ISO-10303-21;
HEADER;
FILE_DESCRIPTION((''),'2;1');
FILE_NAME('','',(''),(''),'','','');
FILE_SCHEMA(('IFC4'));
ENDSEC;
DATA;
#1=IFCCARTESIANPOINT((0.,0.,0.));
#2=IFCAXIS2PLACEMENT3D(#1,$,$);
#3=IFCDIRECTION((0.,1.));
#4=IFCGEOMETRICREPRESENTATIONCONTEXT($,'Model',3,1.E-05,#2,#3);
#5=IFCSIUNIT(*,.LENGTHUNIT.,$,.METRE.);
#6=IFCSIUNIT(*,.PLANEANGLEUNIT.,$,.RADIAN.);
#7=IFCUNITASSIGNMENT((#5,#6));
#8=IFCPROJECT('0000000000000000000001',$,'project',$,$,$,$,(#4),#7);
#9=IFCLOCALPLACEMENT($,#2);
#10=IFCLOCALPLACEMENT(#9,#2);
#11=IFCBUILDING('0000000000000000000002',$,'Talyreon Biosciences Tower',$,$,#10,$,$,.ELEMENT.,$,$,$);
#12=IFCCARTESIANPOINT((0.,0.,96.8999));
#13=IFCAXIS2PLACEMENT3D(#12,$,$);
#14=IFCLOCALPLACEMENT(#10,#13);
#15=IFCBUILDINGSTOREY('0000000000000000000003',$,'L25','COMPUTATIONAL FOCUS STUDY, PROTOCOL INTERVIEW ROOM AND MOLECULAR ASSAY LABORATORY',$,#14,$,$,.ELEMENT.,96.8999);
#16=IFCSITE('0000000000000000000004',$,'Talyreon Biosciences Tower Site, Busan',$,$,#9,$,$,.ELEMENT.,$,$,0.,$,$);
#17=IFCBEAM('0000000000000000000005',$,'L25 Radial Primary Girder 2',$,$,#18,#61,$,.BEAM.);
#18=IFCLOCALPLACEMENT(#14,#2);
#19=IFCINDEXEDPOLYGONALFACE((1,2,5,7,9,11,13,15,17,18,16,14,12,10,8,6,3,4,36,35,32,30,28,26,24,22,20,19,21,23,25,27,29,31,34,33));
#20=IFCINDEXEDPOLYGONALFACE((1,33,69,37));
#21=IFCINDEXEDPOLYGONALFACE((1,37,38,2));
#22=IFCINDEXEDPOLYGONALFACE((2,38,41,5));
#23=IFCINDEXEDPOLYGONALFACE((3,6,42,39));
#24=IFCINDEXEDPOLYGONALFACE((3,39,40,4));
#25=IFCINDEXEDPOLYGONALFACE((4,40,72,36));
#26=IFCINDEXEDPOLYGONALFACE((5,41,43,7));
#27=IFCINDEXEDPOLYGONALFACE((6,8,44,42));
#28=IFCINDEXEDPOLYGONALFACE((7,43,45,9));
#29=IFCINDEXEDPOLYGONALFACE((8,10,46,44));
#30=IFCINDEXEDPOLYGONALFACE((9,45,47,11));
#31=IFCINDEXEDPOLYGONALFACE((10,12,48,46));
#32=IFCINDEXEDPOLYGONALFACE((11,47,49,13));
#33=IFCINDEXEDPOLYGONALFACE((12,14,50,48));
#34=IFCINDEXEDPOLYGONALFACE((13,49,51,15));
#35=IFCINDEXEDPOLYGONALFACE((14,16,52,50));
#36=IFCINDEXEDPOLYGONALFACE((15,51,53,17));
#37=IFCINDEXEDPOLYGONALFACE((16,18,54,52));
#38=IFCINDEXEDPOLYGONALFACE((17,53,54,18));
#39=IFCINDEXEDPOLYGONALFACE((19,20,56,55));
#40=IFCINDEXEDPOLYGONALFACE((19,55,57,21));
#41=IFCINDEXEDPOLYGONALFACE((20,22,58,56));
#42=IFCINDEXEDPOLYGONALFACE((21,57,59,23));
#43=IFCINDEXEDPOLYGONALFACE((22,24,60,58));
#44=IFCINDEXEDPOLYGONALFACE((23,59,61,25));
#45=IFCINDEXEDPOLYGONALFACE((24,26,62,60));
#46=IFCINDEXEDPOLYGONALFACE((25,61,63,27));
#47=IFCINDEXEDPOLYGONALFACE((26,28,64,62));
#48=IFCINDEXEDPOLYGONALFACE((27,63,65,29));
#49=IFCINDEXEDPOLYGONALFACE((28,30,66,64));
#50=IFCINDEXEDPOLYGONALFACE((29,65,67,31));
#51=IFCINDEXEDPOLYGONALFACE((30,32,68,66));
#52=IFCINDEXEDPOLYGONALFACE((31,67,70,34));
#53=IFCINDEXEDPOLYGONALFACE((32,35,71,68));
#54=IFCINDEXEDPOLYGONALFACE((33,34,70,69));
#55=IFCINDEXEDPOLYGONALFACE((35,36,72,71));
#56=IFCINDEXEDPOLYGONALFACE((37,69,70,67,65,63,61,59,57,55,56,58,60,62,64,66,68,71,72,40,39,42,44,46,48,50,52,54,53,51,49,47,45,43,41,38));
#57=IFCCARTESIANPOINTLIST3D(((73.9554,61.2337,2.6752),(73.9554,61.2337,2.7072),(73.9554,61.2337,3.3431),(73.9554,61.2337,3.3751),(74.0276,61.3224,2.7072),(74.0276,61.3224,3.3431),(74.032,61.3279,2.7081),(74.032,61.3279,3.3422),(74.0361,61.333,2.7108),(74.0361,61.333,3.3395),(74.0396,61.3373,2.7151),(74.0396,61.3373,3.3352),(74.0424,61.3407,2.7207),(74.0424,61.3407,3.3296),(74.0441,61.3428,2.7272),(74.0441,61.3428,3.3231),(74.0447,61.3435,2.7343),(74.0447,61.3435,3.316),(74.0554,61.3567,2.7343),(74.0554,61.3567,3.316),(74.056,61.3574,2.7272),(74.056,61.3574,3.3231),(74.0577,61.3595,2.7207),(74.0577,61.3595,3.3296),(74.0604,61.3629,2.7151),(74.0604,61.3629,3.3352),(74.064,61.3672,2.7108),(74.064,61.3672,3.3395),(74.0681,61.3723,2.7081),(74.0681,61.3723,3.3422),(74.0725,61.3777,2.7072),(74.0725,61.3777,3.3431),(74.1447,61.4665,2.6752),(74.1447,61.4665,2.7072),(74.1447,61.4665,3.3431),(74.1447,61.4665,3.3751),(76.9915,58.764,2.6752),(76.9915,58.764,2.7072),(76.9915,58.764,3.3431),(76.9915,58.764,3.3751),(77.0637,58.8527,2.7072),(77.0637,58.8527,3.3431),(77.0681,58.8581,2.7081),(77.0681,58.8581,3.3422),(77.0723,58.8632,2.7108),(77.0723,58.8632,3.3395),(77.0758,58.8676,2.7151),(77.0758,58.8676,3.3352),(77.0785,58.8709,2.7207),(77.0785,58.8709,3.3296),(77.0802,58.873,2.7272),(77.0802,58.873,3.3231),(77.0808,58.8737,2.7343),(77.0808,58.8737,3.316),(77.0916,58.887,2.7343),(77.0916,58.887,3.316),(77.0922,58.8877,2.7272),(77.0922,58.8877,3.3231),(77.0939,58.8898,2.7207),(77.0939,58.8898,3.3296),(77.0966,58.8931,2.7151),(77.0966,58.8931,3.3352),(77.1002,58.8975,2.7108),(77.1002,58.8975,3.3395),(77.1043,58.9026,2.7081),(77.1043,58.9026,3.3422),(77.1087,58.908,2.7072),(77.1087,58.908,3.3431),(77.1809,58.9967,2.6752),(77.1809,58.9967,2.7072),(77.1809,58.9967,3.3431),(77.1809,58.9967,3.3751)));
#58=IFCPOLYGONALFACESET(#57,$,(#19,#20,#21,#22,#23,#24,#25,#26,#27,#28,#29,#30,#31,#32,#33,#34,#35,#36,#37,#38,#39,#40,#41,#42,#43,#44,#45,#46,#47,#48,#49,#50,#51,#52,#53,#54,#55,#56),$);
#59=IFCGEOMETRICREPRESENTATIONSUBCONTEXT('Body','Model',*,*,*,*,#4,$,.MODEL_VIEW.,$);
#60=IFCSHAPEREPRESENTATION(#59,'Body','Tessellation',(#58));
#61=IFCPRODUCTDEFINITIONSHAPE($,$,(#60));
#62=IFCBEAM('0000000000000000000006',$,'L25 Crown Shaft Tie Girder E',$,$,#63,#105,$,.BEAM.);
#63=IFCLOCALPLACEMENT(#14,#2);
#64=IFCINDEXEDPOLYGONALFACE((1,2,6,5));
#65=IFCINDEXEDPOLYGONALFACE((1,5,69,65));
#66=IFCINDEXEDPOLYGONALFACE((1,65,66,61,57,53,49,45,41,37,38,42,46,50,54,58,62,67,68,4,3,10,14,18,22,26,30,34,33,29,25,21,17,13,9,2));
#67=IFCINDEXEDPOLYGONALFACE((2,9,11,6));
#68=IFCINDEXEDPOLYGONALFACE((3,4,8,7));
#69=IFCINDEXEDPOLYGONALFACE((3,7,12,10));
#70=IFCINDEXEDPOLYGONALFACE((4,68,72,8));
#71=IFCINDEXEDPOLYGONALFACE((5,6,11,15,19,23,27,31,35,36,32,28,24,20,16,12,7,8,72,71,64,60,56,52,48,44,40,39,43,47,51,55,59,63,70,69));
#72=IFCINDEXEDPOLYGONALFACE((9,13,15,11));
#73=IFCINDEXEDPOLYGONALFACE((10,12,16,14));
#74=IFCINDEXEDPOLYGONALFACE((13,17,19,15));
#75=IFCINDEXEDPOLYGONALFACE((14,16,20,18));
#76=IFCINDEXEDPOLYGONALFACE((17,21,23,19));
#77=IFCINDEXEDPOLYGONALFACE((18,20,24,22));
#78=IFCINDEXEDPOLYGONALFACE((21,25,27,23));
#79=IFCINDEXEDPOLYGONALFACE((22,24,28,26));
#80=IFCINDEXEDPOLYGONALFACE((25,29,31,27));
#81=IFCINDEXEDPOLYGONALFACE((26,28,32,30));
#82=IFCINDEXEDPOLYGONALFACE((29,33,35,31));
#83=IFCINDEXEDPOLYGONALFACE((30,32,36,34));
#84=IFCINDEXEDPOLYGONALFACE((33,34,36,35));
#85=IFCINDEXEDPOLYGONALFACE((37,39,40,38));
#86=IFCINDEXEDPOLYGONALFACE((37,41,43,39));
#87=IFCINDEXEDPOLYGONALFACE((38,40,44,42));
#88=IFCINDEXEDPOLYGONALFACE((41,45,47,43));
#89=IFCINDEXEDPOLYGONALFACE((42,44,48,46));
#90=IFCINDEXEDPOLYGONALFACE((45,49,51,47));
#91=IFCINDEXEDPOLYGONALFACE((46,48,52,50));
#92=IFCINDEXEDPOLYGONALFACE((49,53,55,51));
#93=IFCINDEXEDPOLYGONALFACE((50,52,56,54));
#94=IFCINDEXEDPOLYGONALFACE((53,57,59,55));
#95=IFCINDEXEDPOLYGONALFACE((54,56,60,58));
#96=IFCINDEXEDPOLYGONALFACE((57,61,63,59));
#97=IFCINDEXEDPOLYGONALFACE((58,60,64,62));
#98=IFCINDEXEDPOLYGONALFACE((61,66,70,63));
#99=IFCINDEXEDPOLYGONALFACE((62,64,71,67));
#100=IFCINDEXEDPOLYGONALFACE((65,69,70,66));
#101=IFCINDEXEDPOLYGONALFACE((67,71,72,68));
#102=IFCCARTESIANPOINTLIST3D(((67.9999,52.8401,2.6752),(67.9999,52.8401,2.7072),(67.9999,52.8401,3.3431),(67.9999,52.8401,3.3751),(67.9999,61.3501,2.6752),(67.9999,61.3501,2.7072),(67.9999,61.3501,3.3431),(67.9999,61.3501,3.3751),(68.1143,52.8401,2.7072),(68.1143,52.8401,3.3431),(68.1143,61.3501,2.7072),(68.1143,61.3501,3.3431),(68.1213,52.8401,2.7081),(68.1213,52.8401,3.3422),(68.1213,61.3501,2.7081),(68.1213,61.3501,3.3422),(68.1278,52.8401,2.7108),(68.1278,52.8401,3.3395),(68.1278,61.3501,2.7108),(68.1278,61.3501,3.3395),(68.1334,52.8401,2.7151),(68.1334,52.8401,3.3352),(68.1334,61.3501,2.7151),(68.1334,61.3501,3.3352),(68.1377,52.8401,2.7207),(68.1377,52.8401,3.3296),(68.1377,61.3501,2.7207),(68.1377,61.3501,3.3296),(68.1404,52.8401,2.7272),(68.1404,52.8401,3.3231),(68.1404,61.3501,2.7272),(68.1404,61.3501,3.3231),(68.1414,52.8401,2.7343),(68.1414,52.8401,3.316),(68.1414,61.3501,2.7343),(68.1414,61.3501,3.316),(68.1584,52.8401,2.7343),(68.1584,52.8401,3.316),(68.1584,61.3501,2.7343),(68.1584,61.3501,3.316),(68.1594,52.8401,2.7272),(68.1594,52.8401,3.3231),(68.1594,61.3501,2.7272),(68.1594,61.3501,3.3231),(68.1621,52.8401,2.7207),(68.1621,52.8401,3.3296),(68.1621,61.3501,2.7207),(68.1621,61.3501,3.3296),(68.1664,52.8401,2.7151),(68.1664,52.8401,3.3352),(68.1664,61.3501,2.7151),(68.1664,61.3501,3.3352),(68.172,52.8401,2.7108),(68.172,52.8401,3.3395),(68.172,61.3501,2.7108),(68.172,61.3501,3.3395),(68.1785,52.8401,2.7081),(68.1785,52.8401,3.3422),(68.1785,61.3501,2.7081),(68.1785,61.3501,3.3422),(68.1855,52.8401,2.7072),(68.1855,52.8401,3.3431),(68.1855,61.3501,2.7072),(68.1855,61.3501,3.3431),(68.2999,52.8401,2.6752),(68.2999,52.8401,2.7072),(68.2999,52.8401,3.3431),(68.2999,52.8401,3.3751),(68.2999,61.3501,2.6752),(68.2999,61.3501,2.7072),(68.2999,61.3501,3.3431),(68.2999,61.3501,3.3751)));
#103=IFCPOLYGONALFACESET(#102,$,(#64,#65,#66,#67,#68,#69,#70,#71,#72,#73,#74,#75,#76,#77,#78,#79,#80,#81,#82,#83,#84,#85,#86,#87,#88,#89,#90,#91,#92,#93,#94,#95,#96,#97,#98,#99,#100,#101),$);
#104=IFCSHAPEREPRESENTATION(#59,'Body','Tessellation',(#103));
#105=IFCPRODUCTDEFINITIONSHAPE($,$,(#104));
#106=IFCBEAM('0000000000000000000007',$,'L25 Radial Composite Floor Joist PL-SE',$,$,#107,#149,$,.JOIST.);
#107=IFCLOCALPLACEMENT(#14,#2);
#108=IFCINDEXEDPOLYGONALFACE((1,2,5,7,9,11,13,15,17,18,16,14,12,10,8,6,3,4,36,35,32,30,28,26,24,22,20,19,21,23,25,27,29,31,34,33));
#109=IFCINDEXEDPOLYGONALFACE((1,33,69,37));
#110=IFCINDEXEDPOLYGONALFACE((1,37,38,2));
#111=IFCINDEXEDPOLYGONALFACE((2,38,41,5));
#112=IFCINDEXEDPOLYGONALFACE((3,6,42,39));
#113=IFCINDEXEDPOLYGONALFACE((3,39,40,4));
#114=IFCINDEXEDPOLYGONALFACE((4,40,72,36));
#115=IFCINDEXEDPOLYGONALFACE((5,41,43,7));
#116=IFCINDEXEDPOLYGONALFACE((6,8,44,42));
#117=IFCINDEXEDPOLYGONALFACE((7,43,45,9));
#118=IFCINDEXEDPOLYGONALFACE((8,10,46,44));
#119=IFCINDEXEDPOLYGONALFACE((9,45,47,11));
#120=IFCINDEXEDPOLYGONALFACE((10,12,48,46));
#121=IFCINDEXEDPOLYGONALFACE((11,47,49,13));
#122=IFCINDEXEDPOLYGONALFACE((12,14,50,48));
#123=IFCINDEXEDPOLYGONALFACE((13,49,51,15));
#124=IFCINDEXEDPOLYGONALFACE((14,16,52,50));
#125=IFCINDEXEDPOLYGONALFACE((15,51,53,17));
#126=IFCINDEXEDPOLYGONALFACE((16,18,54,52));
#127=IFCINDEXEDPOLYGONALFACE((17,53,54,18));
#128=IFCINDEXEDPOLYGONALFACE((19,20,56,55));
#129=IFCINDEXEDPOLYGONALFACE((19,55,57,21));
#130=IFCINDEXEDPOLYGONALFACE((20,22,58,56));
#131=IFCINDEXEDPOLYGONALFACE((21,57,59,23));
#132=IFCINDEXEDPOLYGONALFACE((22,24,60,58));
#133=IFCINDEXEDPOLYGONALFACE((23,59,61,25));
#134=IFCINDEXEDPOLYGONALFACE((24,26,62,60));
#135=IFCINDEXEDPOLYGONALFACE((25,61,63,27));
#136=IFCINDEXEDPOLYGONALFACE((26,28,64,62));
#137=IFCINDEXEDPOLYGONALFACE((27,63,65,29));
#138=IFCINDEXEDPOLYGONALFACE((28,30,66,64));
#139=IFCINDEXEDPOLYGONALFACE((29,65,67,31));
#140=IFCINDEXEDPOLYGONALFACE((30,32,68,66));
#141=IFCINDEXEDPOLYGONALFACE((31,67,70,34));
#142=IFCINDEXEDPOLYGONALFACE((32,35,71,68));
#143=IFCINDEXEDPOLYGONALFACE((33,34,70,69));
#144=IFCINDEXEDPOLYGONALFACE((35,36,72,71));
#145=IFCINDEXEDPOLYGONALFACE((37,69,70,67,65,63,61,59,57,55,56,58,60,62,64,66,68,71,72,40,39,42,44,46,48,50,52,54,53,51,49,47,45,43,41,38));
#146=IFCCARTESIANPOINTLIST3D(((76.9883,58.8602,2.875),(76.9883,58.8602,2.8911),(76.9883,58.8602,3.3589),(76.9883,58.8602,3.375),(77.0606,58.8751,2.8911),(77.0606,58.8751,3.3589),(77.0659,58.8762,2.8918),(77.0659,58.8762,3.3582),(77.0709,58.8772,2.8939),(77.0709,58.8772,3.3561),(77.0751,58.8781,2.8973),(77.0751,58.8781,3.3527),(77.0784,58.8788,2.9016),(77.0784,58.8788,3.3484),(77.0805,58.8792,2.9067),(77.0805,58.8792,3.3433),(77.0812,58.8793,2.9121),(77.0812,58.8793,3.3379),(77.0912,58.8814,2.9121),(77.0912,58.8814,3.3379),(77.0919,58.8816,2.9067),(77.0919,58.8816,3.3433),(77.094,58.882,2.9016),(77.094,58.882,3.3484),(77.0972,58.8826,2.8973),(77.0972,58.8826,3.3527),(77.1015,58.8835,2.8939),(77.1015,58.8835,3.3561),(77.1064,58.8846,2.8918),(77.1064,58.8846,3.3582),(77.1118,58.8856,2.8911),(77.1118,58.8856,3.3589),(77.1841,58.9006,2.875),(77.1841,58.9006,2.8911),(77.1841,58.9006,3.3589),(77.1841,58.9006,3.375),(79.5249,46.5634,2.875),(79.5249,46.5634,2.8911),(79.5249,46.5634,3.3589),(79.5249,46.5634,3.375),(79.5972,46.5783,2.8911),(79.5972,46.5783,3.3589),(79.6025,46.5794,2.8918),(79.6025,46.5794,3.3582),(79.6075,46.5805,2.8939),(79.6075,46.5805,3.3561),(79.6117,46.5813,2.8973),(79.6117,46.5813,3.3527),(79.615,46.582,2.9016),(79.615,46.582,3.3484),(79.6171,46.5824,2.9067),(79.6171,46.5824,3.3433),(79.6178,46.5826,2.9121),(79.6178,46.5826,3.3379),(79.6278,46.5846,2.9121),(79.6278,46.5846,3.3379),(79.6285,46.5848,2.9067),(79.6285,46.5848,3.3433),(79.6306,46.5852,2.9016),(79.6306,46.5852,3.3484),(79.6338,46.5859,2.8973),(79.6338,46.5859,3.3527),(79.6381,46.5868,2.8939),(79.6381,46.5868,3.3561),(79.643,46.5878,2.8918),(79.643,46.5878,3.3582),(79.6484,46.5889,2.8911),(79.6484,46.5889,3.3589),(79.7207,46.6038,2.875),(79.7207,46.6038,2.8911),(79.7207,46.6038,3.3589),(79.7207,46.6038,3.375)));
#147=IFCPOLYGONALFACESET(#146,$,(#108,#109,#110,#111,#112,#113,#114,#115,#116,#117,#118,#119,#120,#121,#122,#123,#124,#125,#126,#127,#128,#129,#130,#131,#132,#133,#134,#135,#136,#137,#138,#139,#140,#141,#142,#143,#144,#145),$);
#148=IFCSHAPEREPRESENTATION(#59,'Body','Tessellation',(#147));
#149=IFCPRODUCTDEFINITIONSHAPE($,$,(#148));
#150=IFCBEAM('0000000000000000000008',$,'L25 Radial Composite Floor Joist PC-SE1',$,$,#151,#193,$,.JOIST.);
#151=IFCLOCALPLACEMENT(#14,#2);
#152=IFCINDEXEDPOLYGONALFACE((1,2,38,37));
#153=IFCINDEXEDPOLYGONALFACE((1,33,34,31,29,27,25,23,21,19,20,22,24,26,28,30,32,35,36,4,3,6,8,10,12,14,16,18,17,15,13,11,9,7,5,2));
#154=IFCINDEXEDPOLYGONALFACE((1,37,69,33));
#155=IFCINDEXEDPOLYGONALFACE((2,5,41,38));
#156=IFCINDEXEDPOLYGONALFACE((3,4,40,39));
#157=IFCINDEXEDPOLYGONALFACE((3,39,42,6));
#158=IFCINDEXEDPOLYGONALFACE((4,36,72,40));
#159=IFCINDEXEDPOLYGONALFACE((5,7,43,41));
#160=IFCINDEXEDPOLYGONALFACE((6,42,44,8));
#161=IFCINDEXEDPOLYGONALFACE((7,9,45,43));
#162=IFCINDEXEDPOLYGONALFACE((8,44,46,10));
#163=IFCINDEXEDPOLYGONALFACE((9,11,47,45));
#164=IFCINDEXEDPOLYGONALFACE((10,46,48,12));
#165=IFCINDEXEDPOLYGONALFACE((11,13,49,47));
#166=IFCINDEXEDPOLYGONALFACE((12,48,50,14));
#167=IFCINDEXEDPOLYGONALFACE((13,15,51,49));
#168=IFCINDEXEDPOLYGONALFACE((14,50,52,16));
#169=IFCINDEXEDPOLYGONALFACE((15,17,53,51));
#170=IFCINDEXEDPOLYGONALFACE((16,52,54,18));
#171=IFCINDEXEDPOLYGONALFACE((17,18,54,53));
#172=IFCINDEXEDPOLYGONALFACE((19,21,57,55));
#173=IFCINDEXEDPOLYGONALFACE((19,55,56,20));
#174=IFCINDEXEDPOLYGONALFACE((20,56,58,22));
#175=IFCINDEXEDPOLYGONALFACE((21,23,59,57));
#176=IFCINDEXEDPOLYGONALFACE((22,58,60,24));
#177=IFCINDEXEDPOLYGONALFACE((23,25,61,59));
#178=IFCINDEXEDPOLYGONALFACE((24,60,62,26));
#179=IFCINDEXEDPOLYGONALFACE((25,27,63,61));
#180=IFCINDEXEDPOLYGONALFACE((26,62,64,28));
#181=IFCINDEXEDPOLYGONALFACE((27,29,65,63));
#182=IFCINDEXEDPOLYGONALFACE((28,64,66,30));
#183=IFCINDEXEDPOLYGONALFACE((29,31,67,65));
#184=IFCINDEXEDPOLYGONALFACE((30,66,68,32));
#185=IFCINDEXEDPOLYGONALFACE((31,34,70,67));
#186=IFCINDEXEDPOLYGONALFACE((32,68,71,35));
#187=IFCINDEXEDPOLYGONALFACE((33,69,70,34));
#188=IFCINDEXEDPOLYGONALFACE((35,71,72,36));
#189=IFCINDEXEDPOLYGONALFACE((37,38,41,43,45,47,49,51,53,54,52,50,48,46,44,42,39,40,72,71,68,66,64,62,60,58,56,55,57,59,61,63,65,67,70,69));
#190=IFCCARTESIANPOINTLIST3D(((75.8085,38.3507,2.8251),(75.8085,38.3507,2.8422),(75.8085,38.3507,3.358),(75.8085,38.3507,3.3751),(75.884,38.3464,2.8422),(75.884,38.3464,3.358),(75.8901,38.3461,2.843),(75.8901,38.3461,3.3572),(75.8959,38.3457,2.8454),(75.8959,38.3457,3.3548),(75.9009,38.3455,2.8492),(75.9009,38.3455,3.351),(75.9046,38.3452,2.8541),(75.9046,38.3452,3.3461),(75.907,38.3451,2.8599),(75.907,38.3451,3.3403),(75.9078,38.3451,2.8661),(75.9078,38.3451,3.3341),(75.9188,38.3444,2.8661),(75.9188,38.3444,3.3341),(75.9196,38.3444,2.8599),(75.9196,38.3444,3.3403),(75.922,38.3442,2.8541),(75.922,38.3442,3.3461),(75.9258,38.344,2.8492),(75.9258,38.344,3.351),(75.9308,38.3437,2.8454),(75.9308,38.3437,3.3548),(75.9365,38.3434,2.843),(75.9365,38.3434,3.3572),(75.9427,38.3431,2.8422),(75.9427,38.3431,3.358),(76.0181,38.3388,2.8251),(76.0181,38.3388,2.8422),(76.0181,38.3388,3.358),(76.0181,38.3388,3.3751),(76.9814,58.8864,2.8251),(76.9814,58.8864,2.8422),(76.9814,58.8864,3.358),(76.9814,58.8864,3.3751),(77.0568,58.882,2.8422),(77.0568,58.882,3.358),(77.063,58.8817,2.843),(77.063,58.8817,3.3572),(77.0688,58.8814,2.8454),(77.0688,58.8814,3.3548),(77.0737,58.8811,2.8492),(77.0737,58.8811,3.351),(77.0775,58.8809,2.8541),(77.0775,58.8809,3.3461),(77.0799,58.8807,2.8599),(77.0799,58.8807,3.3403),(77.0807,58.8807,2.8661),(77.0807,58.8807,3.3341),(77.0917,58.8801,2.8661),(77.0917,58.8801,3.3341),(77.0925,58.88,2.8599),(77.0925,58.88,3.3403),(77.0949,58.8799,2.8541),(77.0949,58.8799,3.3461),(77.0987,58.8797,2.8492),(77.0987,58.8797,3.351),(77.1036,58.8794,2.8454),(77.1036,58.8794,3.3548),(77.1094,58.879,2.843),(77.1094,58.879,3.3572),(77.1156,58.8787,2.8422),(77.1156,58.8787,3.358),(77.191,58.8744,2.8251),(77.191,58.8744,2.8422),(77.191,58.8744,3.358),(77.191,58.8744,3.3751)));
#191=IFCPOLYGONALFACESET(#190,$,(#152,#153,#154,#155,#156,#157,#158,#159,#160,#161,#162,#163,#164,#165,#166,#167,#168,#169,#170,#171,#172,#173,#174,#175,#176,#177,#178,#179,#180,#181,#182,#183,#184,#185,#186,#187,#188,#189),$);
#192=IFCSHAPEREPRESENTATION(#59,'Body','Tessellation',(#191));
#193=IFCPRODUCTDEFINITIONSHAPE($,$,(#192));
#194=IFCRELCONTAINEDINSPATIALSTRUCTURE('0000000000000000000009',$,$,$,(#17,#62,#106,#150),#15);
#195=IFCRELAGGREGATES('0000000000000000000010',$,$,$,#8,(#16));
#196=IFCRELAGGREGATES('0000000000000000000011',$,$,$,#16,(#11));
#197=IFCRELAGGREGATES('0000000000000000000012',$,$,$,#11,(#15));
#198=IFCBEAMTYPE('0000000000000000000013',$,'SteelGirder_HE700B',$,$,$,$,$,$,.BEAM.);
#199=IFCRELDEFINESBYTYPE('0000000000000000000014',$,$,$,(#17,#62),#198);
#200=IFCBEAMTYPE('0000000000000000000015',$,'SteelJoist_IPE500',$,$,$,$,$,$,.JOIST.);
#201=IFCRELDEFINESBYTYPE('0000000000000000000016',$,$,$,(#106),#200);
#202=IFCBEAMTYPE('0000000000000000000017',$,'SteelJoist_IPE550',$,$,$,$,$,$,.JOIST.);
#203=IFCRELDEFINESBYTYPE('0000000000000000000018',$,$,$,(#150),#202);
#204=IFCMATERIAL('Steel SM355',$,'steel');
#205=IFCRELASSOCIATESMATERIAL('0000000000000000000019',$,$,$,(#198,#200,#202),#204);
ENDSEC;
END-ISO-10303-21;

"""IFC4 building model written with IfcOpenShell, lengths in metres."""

from ifc_helpers import new_model, si_unit, direction, frame, origin, origin_2d, place, context, subcontext, project, spatial, i_section, extrude, material, material_profile, profile_set, type_object, element, save


model = new_model("IFC4")

# Units and contexts
model_context = context("Model", 3, precision=1e-05, world=origin(), true_north=direction((0.0, 1.0)))
body_context = subcontext(model_context, "Body", "Model", "MODEL_VIEW")
ifc_project = project(units=[si_unit("LENGTHUNIT", "METRE"), si_unit("PLANEANGLEUNIT", "RADIAN")], contexts=[model_context])

# Site, building, storey
site_placement = place(None, origin())
site = spatial("IfcSite", under=ifc_project, at=site_placement, Name="Talyreon Biosciences Tower Site, Busan", CompositionType="ELEMENT", RefElevation=0.0)
building_placement = place(site_placement, origin())
building = spatial("IfcBuilding", under=site, at=building_placement, Name="Talyreon Biosciences Tower", CompositionType="ELEMENT")
storey_placement = place(building_placement, frame((0.0, 0.0, 96.8999)))
storey = spatial("IfcBuildingStorey", under=building, at=storey_placement, Name="L25", Description="COMPUTATIONAL FOCUS STUDY, PROTOCOL INTERVIEW ROOM AND MOLECULAR ASSAY LABORATORY", CompositionType="ELEMENT", Elevation=96.8999)

# Beams
ifc_material_1 = material(Name="Steel SM355", Category="steel")
ifc_material_profile_1 = material_profile(ifc_material_1, i_section(OverallWidth=0.3, OverallDepth=0.7, WebThickness=0.0171, FlangeThickness=0.032, FilletRadius=0.0271, at=origin_2d()), Name="HE700B")
ifc_profile_set_1 = profile_set([ifc_material_profile_1], Name="Steel SM355")
beam_type_1 = type_object("IfcBeamType", Name="SteelGirder_HE700B", PredefinedType="BEAM", material=ifc_profile_set_1)
beam_1_placement = place(storey_placement, frame((74.05, 61.3501, 3.0251), z_axis=(0.775755, -0.631034, 0.0), x_axis=(0.631034, 0.775755, 0.0)))
element("IfcBeam", 1, at=beam_1_placement, inside=storey, type_object=beam_type_1, Name="L25 Radial Primary Girder 2", PredefinedType="BEAM", context=body_context, shape_type="SweptSolid", body=[
    extrude(i_section(OverallWidth=0.3, OverallDepth=0.7, WebThickness=0.0171, FlangeThickness=0.032, FilletRadius=0.0271, at=origin_2d()), origin(), (0.0, 0.0, 1.0), 3.9138),
])
beam_2_placement = place(storey_placement, frame((68.1499, 52.8401, 3.0251), z_axis=(0.0, 1.0, 0.0), x_axis=(-1.0, 0.0, 0.0)))
element("IfcBeam", 2, at=beam_2_placement, inside=storey, type_object=beam_type_1, Name="L25 Crown Shaft Tie Girder E", PredefinedType="BEAM", context=body_context, shape_type="SweptSolid", body=[
    extrude(i_section(OverallWidth=0.3, OverallDepth=0.7, WebThickness=0.0171, FlangeThickness=0.032, FilletRadius=0.0271, at=origin_2d()), origin(), (0.0, 0.0, 1.0), 8.51),
])
ifc_material_profile_2 = material_profile(ifc_material_1, i_section(OverallWidth=0.2, OverallDepth=0.5, WebThickness=0.0103, FlangeThickness=0.0161, FilletRadius=0.021, at=origin_2d()), Name="IPE500")
ifc_profile_set_2 = profile_set([ifc_material_profile_2], Name="Steel SM355")
beam_type_2 = type_object("IfcBeamType", Name="SteelJoist_IPE500", PredefinedType="JOIST", material=ifc_profile_set_2)
beam_3_placement = place(storey_placement, frame((77.0862, 58.8804, 3.125), z_axis=(0.202028, -0.97938, 0.0), x_axis=(0.97938, 0.202028, 0.0)))
element("IfcBeam", 3, at=beam_3_placement, inside=storey, type_object=beam_type_2, Name="L25 Radial Composite Floor Joist PL-SE", PredefinedType="JOIST", context=body_context, shape_type="SweptSolid", body=[
    extrude(i_section(OverallWidth=0.2, OverallDepth=0.5, WebThickness=0.0103, FlangeThickness=0.0161, FilletRadius=0.021, at=origin_2d()), origin(), (0.0, 0.0, 1.0), 12.5557),
])
ifc_material_profile_3 = material_profile(ifc_material_1, i_section(OverallWidth=0.21, OverallDepth=0.55, WebThickness=0.011, FlangeThickness=0.0171, FilletRadius=0.0239, at=origin_2d()), Name="IPE550")
ifc_profile_set_3 = profile_set([ifc_material_profile_3], Name="Steel SM355")
beam_type_3 = type_object("IfcBeamType", Name="SteelJoist_IPE550", PredefinedType="JOIST", material=ifc_profile_set_3)
beam_4_placement = place(storey_placement, frame((77.0862, 58.8804, 3.1001), z_axis=(-0.05702, -0.998373, 0.0), x_axis=(0.998373, -0.05702, 0.0)))
element("IfcBeam", 4, at=beam_4_placement, inside=storey, type_object=beam_type_3, Name="L25 Radial Composite Floor Joist PC-SE1", PredefinedType="JOIST", context=body_context, shape_type="SweptSolid", body=[
    extrude(i_section(OverallWidth=0.21, OverallDepth=0.55, WebThickness=0.011, FlangeThickness=0.0171, FilletRadius=0.0239, at=origin_2d()), origin(), (0.0, 0.0, 1.0), 20.5691),
])

save(model, "model.ifc")
